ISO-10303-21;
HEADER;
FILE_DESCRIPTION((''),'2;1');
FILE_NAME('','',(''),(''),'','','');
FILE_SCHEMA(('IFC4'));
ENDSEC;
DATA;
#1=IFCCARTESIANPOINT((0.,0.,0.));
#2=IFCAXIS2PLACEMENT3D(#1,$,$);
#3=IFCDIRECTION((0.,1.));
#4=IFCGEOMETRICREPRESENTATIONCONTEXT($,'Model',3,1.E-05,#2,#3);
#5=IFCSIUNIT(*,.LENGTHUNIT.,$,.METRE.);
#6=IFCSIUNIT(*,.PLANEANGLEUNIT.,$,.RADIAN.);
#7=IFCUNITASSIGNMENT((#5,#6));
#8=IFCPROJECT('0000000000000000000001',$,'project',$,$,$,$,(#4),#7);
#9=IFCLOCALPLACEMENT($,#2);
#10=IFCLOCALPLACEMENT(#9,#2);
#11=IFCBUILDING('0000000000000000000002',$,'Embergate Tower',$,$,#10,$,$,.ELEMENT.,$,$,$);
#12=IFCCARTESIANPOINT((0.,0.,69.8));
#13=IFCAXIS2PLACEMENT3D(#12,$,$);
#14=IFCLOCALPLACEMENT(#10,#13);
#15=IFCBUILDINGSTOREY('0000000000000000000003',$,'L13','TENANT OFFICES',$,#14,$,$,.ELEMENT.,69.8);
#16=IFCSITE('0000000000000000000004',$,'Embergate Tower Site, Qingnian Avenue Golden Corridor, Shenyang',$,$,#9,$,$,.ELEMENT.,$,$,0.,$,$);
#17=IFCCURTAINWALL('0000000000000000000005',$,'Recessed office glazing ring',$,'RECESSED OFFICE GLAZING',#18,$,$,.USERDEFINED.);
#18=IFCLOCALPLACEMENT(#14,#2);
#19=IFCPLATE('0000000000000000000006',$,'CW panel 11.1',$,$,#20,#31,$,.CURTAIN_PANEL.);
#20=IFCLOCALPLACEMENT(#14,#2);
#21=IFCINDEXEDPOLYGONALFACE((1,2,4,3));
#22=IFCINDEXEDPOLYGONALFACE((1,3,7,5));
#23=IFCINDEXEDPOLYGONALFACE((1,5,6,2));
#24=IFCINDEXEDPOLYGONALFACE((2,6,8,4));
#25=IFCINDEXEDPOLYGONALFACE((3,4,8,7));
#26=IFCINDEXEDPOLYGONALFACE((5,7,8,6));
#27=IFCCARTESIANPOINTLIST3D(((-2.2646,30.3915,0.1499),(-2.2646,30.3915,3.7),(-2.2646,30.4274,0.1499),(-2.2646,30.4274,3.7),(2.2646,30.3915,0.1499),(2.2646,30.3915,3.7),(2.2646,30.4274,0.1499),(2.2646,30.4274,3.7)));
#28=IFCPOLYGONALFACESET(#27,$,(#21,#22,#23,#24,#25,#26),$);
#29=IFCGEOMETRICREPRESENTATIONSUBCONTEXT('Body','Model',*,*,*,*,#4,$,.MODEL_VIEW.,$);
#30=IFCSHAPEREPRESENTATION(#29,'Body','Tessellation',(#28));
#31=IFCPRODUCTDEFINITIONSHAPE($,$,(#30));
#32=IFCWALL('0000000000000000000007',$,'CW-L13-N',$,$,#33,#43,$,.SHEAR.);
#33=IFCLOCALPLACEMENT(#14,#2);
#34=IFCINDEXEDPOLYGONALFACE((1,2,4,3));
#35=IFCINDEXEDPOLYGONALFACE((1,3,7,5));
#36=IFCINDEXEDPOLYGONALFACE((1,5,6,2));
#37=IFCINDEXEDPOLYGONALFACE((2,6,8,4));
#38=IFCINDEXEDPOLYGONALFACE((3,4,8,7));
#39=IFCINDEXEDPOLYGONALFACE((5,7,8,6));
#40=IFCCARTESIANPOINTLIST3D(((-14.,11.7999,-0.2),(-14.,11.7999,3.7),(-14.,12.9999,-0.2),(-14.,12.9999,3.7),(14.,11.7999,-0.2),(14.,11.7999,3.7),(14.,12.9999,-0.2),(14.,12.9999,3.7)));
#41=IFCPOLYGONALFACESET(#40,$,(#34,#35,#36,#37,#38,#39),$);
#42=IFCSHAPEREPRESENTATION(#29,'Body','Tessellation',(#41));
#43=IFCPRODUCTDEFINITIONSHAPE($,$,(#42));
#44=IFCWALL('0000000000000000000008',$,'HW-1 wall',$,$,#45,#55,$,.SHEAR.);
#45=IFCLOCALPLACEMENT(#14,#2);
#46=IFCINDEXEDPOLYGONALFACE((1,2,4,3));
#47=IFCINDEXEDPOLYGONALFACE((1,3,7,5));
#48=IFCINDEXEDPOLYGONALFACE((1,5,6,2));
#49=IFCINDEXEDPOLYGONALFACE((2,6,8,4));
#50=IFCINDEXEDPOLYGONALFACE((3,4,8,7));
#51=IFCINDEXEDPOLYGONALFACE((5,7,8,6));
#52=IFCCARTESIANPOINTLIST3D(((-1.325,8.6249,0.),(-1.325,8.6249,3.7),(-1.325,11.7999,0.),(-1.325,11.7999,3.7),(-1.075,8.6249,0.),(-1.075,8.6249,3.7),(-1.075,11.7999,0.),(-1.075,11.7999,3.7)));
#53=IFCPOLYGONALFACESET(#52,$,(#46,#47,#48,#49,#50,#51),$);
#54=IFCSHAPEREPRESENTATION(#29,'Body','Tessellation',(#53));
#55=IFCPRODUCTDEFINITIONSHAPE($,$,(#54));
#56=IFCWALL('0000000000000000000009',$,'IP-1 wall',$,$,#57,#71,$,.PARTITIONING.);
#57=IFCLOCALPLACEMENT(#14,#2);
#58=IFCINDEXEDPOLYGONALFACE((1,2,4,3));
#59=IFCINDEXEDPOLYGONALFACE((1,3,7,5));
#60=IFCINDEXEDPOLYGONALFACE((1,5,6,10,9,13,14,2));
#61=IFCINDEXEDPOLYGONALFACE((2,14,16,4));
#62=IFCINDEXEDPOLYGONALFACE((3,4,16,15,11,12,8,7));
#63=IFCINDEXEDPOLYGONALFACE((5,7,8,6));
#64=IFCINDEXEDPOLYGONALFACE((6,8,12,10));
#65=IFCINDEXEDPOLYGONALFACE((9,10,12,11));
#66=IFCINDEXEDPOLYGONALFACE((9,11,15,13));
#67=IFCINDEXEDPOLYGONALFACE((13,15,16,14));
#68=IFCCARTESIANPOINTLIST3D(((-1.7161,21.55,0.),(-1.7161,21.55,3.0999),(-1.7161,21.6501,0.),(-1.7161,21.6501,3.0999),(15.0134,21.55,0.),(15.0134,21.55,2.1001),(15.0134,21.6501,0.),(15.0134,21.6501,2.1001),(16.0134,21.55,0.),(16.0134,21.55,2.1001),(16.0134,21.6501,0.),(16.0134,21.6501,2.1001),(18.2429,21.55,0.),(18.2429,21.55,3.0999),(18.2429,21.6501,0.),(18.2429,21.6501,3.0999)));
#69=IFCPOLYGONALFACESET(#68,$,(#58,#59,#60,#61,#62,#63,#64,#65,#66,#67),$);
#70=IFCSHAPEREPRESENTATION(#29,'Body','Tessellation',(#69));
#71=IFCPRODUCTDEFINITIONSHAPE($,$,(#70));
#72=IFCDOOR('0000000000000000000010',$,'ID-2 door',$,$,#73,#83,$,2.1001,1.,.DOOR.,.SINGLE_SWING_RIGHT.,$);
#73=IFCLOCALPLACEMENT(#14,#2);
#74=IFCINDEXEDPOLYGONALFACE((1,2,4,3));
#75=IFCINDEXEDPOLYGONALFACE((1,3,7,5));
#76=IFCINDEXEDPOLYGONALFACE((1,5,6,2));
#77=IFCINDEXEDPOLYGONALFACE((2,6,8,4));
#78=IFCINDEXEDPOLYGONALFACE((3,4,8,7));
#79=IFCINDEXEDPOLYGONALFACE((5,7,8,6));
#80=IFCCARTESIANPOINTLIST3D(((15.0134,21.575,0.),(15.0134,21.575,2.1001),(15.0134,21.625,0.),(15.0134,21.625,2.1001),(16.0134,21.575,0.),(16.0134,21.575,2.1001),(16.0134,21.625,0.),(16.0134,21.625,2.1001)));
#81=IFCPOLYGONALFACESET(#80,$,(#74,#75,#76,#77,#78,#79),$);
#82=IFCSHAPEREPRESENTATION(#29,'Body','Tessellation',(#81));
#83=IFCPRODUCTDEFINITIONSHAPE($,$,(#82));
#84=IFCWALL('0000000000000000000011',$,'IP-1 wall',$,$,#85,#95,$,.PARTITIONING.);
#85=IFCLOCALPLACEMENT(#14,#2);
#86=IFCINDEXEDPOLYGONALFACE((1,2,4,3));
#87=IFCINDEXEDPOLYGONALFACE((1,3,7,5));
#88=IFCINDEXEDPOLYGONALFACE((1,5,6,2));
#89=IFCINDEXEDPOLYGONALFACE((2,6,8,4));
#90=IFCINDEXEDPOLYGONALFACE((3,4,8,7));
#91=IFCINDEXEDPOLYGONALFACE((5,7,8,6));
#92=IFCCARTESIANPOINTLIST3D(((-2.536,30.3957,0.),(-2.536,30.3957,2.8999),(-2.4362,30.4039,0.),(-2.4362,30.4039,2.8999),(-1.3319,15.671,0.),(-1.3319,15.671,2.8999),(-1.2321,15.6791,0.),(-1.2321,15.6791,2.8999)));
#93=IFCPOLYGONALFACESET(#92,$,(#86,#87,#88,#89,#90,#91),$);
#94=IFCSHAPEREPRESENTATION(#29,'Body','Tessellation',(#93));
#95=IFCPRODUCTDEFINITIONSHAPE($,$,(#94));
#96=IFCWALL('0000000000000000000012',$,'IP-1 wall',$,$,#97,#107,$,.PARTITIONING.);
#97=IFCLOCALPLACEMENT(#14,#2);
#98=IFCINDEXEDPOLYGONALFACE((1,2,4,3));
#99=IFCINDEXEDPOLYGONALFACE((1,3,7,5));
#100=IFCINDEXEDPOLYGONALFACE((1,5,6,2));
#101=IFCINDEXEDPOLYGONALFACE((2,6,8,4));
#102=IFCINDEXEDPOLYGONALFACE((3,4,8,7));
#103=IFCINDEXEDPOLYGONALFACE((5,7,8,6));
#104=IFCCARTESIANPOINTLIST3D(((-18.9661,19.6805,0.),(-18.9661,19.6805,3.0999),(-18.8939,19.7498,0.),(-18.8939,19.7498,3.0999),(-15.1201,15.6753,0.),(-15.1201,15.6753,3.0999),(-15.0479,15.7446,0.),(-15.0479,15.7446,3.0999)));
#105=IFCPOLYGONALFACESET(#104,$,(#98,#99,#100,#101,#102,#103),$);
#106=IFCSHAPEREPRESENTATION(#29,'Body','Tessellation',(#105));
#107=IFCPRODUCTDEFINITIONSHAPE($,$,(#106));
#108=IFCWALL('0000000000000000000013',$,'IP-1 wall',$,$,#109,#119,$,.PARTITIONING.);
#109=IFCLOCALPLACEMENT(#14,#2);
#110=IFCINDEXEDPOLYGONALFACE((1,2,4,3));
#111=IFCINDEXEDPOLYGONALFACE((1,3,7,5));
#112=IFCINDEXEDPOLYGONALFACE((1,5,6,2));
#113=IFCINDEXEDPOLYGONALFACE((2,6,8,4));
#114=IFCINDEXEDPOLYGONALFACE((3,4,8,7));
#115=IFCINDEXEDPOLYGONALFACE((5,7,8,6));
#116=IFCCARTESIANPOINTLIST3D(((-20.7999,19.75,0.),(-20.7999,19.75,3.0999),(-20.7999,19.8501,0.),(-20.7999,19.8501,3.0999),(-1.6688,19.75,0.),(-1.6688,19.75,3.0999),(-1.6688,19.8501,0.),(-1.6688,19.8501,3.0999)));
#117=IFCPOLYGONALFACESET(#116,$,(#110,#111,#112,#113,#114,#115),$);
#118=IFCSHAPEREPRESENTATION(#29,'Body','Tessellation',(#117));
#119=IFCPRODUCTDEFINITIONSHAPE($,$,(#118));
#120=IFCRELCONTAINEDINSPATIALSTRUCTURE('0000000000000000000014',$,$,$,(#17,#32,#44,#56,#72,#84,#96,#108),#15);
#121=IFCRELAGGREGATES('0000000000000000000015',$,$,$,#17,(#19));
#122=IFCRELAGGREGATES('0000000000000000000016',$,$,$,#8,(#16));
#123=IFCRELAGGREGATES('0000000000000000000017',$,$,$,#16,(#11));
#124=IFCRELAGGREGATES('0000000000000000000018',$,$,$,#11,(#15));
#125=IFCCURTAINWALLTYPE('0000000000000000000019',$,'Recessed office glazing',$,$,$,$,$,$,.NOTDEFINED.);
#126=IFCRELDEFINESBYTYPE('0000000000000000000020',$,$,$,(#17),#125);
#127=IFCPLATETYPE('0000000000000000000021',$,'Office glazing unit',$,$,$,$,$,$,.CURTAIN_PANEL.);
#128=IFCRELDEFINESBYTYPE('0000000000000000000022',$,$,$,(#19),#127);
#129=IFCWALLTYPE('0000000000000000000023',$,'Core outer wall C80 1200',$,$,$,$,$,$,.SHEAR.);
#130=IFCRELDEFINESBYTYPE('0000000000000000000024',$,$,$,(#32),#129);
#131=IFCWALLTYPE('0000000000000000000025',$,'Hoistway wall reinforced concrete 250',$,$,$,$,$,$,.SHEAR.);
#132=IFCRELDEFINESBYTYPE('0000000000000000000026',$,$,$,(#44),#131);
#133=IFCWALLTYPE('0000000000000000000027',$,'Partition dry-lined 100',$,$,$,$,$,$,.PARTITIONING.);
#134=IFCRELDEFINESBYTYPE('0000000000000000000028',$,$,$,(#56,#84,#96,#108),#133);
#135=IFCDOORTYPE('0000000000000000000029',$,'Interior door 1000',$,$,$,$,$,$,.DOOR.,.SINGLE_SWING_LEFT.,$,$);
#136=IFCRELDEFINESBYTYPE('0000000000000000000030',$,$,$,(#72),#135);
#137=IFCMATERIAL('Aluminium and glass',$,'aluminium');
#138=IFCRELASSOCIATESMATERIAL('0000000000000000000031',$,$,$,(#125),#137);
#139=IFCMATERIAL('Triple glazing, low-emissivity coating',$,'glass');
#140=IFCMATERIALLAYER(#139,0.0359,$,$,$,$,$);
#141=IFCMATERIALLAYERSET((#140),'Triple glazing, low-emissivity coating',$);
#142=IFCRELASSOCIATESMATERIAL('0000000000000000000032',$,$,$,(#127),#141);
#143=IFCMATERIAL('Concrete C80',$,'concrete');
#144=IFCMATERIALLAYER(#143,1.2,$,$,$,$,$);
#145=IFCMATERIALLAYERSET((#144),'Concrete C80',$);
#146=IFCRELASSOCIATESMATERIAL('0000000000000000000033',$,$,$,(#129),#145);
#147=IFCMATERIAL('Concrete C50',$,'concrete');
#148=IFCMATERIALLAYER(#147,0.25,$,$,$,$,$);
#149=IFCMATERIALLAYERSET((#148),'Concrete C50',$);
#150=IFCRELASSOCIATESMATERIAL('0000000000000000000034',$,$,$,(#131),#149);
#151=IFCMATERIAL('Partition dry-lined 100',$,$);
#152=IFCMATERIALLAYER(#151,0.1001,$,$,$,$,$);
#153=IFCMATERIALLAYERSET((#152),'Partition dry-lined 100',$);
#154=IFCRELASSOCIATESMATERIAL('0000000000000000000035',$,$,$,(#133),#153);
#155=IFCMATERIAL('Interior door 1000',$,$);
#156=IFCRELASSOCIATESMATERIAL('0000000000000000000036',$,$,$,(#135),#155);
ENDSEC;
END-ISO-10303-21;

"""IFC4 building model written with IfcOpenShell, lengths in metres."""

from ifc_helpers import new_model, si_unit, direction, frame, frame_2d, origin, origin_2d, place, context, subcontext, project, spatial, rectangle, extrude, source, transform, mapped, material, layer, layer_set, type_object, element, fill, aggregate, save


model = new_model("IFC4")

# Units and contexts
model_context = context("Model", 3, precision=1e-05, world=origin(), true_north=direction((0.0, 1.0)))
body_context = subcontext(model_context, "Body", "Model", "MODEL_VIEW")
ifc_project = project(units=[si_unit("LENGTHUNIT", "METRE"), si_unit("PLANEANGLEUNIT", "RADIAN")], contexts=[model_context])

# Site, building, storey
site_placement = place(None, origin())
site = spatial("IfcSite", under=ifc_project, at=site_placement, Name="Embergate Tower Site, Qingnian Avenue Golden Corridor, Shenyang", CompositionType="ELEMENT", RefElevation=0.0)
building_placement = place(site_placement, origin())
building = spatial("IfcBuilding", under=site, at=building_placement, Name="Embergate Tower", CompositionType="ELEMENT")
storey_placement = place(building_placement, frame((0.0, 0.0, 69.8)))
storey = spatial("IfcBuildingStorey", under=building, at=storey_placement, Name="L13", Description="TENANT OFFICES", CompositionType="ELEMENT", Elevation=69.8)

# Curtain wall, plate
ifc_material_1 = material(Name="Aluminium and glass", Category="aluminium")
curtain_wall_type = type_object("IfcCurtainWallType", Name="Recessed office glazing", PredefinedType="NOTDEFINED", material=ifc_material_1)
curtain_wall_placement = place(storey_placement, origin())
curtain_wall = element("IfcCurtainWall", 1, at=curtain_wall_placement, inside=storey, type_object=curtain_wall_type, Name="Recessed office glazing ring", ObjectType="RECESSED OFFICE GLAZING", PredefinedType="USERDEFINED")
ifc_material_2 = material(Name="Triple glazing, low-emissivity coating", Category="glass")
ifc_layer_1 = layer(ifc_material_2, 0.0359)
ifc_layer_set_1 = layer_set([ifc_layer_1], Name="Triple glazing, low-emissivity coating")
plate_type = type_object("IfcPlateType", Name="Office glazing unit", PredefinedType="CURTAIN_PANEL", material=ifc_layer_set_1)
shared_shape_1 = source(origin(), body_context, "Body", "SweptSolid", [
    extrude(rectangle(XDim=4.5293, YDim=0.0359, at=origin_2d()), origin(), (0.0, 0.0, 1.0), 3.55),
])
plate_1_placement = place(storey_placement, frame((0.0, 30.4094, 0.1499), z_axis=(0.0, 0.0, 1.0), x_axis=(-1.0, 0.0, 0.0)))
plate_1 = element("IfcPlate", 2, at=plate_1_placement, type_object=plate_type, Name="CW panel 11.1", PredefinedType="CURTAIN_PANEL", context=body_context, shape_type="MappedRepresentation", body=[
    mapped(shared_shape_1, transform((0.0, 0.0, 0.0))),
])
aggregate(curtain_wall, [plate_1])

# Walls
ifc_material_3 = material(Name="Concrete C80", Category="concrete")
ifc_layer_2 = layer(ifc_material_3, 1.2)
ifc_layer_set_2 = layer_set([ifc_layer_2], Name="Concrete C80")
wall_type_1 = type_object("IfcWallType", Name="Core outer wall C80 1200", PredefinedType="SHEAR", material=ifc_layer_set_2)
shared_shape_2 = source(origin(), body_context, "Body", "SweptSolid", [
    extrude(rectangle(XDim=28.0, YDim=1.2, at=frame_2d((14.0, 0.0))), origin(), (0.0, 0.0, 1.0), 3.8999),
])
wall_1_placement = place(storey_placement, frame((-14.0, 12.3999, -0.2), z_axis=(0.0, 0.0, 1.0), x_axis=(1.0, 0.0, 0.0)))
element("IfcWall", 3, at=wall_1_placement, inside=storey, type_object=wall_type_1, Name="CW-L13-N", PredefinedType="SHEAR", context=body_context, shape_type="MappedRepresentation", body=[
    mapped(shared_shape_2, transform((0.0, 0.0, 0.0))),
])
ifc_material_4 = material(Name="Concrete C50", Category="concrete")
ifc_layer_3 = layer(ifc_material_4, 0.25)
ifc_layer_set_3 = layer_set([ifc_layer_3], Name="Concrete C50")
wall_type_2 = type_object("IfcWallType", Name="Hoistway wall reinforced concrete 250", PredefinedType="SHEAR", material=ifc_layer_set_3)
shared_shape_3 = source(origin(), body_context, "Body", "SweptSolid", [
    extrude(rectangle(XDim=3.175, YDim=0.25, at=frame_2d((1.5874, 0.0))), origin(), (0.0, 0.0, 1.0), 3.7),
])
wall_2_placement = place(storey_placement, frame((-1.2, 8.625, 0.0), z_axis=(0.0, 0.0, 1.0), x_axis=(0.0, 1.0, 0.0)))
element("IfcWall", 4, at=wall_2_placement, inside=storey, type_object=wall_type_2, Name="HW-1 wall", PredefinedType="SHEAR", context=body_context, shape_type="MappedRepresentation", body=[
    mapped(shared_shape_3, transform((0.0, 0.0, 0.0))),
])

# Wall, opening, door
ifc_material_5 = material(Name="Partition dry-lined 100")
ifc_layer_4 = layer(ifc_material_5, 0.1001)
ifc_layer_set_4 = layer_set([ifc_layer_4], Name="Partition dry-lined 100")
wall_type_3 = type_object("IfcWallType", Name="Partition dry-lined 100", PredefinedType="PARTITIONING", material=ifc_layer_set_4)
shared_shape_4 = source(origin(), body_context, "Body", "SweptSolid", [
    extrude(rectangle(XDim=19.959, YDim=0.1001, at=frame_2d((9.9795, 0.0))), origin(), (0.0, 0.0, 1.0), 3.0999),
])
wall_3_placement = place(storey_placement, frame((-1.7161, 21.6001, 0.0), z_axis=(0.0, 0.0, 1.0), x_axis=(1.0, 0.0, 0.0)))
wall_3 = element("IfcWall", 5, at=wall_3_placement, inside=storey, type_object=wall_type_3, Name="IP-1 wall", PredefinedType="PARTITIONING", context=body_context, shape_type="MappedRepresentation", body=[
    mapped(shared_shape_4, transform((0.0, 0.0, 0.0))),
])
shared_shape_5 = source(origin(), body_context, "Body", "SweptSolid", [
    extrude(rectangle(XDim=1.0, YDim=2.1001, at=frame_2d((0.5, 1.05))), frame((0.0, 0.0601, 0.0), z_axis=(0.0, -1.0, 0.0), x_axis=(1.0, 0.0, 0.0)), (0.0, 0.0, 1.0), 0.1201),
])
opening_placement = place(wall_3_placement, frame((16.7295, 0.0, 0.0)))
opening = element("IfcOpeningElement", 6, at=opening_placement, cuts=wall_3, PredefinedType="OPENING", context=body_context, shape_type="MappedRepresentation", body=[
    mapped(shared_shape_5, transform((0.0, 0.0, 0.0))),
])
ifc_material_6 = material(Name="Interior door 1000")
door_type = type_object("IfcDoorType", Name="Interior door 1000", OperationType="SINGLE_SWING_LEFT", PredefinedType="DOOR", material=ifc_material_6)
shared_shape_6 = source(origin(), body_context, "Body", "SweptSolid", [
    extrude(rectangle(XDim=1.0, YDim=2.1001, at=frame_2d((0.5, 1.05))), frame((0.0, 0.0249, 0.0), z_axis=(0.0, -1.0, 0.0), x_axis=(1.0, 0.0, 0.0)), (0.0, 0.0, 1.0), 0.05),
])
door_placement = place(opening_placement, origin())
door = element("IfcDoor", 7, at=door_placement, inside=storey, type_object=door_type, Name="ID-2 door", OperationType="SINGLE_SWING_RIGHT", OverallHeight=2.1001, OverallWidth=1.0, PredefinedType="DOOR", context=body_context, shape_type="MappedRepresentation", body=[
    mapped(shared_shape_6, transform((0.0, 0.0, 0.0))),
])
fill(opening, door)

# Walls
shared_shape_7 = source(origin(), body_context, "Body", "SweptSolid", [
    extrude(rectangle(XDim=14.7739, YDim=0.1001, at=frame_2d((7.387, 0.0))), origin(), (0.0, 0.0, 1.0), 2.8999),
])
wall_4_placement = place(storey_placement, frame((-1.282, 15.675, 0.0), z_axis=(0.0, 0.0, 1.0), x_axis=(-0.081501, 0.996673, 0.0)))
element("IfcWall", 8, at=wall_4_placement, inside=storey, type_object=wall_type_3, Name="IP-1 wall", PredefinedType="PARTITIONING", context=body_context, shape_type="MappedRepresentation", body=[
    mapped(shared_shape_7, transform((0.0, 0.0, 0.0))),
])
shared_shape_8 = source(origin(), body_context, "Body", "SweptSolid", [
    extrude(rectangle(XDim=5.5527, YDim=0.1001, at=frame_2d((2.7764, 0.0))), origin(), (0.0, 0.0, 1.0), 3.0999),
])
wall_5_placement = place(storey_placement, frame((-15.084, 15.71, 0.0), z_axis=(0.0, 0.0, 1.0), x_axis=(-0.692628, 0.721295, 0.0)))
element("IfcWall", 9, at=wall_5_placement, inside=storey, type_object=wall_type_3, Name="IP-1 wall", PredefinedType="PARTITIONING", context=body_context, shape_type="MappedRepresentation", body=[
    mapped(shared_shape_8, transform((0.0, 0.0, 0.0))),
])
shared_shape_9 = source(origin(), body_context, "Body", "SweptSolid", [
    extrude(rectangle(XDim=19.1311, YDim=0.1001, at=frame_2d((9.5654, 0.0))), origin(), (0.0, 0.0, 1.0), 3.0999),
])
wall_6_placement = place(storey_placement, frame((-1.6689, 19.8, 0.0), z_axis=(0.0, 0.0, 1.0), x_axis=(-1.0, 0.0, 0.0)))
element("IfcWall", 10, at=wall_6_placement, inside=storey, type_object=wall_type_3, Name="IP-1 wall", PredefinedType="PARTITIONING", context=body_context, shape_type="MappedRepresentation", body=[
    mapped(shared_shape_9, transform((0.0, 0.0, 0.0))),
])

save(model, "model.ifc")
